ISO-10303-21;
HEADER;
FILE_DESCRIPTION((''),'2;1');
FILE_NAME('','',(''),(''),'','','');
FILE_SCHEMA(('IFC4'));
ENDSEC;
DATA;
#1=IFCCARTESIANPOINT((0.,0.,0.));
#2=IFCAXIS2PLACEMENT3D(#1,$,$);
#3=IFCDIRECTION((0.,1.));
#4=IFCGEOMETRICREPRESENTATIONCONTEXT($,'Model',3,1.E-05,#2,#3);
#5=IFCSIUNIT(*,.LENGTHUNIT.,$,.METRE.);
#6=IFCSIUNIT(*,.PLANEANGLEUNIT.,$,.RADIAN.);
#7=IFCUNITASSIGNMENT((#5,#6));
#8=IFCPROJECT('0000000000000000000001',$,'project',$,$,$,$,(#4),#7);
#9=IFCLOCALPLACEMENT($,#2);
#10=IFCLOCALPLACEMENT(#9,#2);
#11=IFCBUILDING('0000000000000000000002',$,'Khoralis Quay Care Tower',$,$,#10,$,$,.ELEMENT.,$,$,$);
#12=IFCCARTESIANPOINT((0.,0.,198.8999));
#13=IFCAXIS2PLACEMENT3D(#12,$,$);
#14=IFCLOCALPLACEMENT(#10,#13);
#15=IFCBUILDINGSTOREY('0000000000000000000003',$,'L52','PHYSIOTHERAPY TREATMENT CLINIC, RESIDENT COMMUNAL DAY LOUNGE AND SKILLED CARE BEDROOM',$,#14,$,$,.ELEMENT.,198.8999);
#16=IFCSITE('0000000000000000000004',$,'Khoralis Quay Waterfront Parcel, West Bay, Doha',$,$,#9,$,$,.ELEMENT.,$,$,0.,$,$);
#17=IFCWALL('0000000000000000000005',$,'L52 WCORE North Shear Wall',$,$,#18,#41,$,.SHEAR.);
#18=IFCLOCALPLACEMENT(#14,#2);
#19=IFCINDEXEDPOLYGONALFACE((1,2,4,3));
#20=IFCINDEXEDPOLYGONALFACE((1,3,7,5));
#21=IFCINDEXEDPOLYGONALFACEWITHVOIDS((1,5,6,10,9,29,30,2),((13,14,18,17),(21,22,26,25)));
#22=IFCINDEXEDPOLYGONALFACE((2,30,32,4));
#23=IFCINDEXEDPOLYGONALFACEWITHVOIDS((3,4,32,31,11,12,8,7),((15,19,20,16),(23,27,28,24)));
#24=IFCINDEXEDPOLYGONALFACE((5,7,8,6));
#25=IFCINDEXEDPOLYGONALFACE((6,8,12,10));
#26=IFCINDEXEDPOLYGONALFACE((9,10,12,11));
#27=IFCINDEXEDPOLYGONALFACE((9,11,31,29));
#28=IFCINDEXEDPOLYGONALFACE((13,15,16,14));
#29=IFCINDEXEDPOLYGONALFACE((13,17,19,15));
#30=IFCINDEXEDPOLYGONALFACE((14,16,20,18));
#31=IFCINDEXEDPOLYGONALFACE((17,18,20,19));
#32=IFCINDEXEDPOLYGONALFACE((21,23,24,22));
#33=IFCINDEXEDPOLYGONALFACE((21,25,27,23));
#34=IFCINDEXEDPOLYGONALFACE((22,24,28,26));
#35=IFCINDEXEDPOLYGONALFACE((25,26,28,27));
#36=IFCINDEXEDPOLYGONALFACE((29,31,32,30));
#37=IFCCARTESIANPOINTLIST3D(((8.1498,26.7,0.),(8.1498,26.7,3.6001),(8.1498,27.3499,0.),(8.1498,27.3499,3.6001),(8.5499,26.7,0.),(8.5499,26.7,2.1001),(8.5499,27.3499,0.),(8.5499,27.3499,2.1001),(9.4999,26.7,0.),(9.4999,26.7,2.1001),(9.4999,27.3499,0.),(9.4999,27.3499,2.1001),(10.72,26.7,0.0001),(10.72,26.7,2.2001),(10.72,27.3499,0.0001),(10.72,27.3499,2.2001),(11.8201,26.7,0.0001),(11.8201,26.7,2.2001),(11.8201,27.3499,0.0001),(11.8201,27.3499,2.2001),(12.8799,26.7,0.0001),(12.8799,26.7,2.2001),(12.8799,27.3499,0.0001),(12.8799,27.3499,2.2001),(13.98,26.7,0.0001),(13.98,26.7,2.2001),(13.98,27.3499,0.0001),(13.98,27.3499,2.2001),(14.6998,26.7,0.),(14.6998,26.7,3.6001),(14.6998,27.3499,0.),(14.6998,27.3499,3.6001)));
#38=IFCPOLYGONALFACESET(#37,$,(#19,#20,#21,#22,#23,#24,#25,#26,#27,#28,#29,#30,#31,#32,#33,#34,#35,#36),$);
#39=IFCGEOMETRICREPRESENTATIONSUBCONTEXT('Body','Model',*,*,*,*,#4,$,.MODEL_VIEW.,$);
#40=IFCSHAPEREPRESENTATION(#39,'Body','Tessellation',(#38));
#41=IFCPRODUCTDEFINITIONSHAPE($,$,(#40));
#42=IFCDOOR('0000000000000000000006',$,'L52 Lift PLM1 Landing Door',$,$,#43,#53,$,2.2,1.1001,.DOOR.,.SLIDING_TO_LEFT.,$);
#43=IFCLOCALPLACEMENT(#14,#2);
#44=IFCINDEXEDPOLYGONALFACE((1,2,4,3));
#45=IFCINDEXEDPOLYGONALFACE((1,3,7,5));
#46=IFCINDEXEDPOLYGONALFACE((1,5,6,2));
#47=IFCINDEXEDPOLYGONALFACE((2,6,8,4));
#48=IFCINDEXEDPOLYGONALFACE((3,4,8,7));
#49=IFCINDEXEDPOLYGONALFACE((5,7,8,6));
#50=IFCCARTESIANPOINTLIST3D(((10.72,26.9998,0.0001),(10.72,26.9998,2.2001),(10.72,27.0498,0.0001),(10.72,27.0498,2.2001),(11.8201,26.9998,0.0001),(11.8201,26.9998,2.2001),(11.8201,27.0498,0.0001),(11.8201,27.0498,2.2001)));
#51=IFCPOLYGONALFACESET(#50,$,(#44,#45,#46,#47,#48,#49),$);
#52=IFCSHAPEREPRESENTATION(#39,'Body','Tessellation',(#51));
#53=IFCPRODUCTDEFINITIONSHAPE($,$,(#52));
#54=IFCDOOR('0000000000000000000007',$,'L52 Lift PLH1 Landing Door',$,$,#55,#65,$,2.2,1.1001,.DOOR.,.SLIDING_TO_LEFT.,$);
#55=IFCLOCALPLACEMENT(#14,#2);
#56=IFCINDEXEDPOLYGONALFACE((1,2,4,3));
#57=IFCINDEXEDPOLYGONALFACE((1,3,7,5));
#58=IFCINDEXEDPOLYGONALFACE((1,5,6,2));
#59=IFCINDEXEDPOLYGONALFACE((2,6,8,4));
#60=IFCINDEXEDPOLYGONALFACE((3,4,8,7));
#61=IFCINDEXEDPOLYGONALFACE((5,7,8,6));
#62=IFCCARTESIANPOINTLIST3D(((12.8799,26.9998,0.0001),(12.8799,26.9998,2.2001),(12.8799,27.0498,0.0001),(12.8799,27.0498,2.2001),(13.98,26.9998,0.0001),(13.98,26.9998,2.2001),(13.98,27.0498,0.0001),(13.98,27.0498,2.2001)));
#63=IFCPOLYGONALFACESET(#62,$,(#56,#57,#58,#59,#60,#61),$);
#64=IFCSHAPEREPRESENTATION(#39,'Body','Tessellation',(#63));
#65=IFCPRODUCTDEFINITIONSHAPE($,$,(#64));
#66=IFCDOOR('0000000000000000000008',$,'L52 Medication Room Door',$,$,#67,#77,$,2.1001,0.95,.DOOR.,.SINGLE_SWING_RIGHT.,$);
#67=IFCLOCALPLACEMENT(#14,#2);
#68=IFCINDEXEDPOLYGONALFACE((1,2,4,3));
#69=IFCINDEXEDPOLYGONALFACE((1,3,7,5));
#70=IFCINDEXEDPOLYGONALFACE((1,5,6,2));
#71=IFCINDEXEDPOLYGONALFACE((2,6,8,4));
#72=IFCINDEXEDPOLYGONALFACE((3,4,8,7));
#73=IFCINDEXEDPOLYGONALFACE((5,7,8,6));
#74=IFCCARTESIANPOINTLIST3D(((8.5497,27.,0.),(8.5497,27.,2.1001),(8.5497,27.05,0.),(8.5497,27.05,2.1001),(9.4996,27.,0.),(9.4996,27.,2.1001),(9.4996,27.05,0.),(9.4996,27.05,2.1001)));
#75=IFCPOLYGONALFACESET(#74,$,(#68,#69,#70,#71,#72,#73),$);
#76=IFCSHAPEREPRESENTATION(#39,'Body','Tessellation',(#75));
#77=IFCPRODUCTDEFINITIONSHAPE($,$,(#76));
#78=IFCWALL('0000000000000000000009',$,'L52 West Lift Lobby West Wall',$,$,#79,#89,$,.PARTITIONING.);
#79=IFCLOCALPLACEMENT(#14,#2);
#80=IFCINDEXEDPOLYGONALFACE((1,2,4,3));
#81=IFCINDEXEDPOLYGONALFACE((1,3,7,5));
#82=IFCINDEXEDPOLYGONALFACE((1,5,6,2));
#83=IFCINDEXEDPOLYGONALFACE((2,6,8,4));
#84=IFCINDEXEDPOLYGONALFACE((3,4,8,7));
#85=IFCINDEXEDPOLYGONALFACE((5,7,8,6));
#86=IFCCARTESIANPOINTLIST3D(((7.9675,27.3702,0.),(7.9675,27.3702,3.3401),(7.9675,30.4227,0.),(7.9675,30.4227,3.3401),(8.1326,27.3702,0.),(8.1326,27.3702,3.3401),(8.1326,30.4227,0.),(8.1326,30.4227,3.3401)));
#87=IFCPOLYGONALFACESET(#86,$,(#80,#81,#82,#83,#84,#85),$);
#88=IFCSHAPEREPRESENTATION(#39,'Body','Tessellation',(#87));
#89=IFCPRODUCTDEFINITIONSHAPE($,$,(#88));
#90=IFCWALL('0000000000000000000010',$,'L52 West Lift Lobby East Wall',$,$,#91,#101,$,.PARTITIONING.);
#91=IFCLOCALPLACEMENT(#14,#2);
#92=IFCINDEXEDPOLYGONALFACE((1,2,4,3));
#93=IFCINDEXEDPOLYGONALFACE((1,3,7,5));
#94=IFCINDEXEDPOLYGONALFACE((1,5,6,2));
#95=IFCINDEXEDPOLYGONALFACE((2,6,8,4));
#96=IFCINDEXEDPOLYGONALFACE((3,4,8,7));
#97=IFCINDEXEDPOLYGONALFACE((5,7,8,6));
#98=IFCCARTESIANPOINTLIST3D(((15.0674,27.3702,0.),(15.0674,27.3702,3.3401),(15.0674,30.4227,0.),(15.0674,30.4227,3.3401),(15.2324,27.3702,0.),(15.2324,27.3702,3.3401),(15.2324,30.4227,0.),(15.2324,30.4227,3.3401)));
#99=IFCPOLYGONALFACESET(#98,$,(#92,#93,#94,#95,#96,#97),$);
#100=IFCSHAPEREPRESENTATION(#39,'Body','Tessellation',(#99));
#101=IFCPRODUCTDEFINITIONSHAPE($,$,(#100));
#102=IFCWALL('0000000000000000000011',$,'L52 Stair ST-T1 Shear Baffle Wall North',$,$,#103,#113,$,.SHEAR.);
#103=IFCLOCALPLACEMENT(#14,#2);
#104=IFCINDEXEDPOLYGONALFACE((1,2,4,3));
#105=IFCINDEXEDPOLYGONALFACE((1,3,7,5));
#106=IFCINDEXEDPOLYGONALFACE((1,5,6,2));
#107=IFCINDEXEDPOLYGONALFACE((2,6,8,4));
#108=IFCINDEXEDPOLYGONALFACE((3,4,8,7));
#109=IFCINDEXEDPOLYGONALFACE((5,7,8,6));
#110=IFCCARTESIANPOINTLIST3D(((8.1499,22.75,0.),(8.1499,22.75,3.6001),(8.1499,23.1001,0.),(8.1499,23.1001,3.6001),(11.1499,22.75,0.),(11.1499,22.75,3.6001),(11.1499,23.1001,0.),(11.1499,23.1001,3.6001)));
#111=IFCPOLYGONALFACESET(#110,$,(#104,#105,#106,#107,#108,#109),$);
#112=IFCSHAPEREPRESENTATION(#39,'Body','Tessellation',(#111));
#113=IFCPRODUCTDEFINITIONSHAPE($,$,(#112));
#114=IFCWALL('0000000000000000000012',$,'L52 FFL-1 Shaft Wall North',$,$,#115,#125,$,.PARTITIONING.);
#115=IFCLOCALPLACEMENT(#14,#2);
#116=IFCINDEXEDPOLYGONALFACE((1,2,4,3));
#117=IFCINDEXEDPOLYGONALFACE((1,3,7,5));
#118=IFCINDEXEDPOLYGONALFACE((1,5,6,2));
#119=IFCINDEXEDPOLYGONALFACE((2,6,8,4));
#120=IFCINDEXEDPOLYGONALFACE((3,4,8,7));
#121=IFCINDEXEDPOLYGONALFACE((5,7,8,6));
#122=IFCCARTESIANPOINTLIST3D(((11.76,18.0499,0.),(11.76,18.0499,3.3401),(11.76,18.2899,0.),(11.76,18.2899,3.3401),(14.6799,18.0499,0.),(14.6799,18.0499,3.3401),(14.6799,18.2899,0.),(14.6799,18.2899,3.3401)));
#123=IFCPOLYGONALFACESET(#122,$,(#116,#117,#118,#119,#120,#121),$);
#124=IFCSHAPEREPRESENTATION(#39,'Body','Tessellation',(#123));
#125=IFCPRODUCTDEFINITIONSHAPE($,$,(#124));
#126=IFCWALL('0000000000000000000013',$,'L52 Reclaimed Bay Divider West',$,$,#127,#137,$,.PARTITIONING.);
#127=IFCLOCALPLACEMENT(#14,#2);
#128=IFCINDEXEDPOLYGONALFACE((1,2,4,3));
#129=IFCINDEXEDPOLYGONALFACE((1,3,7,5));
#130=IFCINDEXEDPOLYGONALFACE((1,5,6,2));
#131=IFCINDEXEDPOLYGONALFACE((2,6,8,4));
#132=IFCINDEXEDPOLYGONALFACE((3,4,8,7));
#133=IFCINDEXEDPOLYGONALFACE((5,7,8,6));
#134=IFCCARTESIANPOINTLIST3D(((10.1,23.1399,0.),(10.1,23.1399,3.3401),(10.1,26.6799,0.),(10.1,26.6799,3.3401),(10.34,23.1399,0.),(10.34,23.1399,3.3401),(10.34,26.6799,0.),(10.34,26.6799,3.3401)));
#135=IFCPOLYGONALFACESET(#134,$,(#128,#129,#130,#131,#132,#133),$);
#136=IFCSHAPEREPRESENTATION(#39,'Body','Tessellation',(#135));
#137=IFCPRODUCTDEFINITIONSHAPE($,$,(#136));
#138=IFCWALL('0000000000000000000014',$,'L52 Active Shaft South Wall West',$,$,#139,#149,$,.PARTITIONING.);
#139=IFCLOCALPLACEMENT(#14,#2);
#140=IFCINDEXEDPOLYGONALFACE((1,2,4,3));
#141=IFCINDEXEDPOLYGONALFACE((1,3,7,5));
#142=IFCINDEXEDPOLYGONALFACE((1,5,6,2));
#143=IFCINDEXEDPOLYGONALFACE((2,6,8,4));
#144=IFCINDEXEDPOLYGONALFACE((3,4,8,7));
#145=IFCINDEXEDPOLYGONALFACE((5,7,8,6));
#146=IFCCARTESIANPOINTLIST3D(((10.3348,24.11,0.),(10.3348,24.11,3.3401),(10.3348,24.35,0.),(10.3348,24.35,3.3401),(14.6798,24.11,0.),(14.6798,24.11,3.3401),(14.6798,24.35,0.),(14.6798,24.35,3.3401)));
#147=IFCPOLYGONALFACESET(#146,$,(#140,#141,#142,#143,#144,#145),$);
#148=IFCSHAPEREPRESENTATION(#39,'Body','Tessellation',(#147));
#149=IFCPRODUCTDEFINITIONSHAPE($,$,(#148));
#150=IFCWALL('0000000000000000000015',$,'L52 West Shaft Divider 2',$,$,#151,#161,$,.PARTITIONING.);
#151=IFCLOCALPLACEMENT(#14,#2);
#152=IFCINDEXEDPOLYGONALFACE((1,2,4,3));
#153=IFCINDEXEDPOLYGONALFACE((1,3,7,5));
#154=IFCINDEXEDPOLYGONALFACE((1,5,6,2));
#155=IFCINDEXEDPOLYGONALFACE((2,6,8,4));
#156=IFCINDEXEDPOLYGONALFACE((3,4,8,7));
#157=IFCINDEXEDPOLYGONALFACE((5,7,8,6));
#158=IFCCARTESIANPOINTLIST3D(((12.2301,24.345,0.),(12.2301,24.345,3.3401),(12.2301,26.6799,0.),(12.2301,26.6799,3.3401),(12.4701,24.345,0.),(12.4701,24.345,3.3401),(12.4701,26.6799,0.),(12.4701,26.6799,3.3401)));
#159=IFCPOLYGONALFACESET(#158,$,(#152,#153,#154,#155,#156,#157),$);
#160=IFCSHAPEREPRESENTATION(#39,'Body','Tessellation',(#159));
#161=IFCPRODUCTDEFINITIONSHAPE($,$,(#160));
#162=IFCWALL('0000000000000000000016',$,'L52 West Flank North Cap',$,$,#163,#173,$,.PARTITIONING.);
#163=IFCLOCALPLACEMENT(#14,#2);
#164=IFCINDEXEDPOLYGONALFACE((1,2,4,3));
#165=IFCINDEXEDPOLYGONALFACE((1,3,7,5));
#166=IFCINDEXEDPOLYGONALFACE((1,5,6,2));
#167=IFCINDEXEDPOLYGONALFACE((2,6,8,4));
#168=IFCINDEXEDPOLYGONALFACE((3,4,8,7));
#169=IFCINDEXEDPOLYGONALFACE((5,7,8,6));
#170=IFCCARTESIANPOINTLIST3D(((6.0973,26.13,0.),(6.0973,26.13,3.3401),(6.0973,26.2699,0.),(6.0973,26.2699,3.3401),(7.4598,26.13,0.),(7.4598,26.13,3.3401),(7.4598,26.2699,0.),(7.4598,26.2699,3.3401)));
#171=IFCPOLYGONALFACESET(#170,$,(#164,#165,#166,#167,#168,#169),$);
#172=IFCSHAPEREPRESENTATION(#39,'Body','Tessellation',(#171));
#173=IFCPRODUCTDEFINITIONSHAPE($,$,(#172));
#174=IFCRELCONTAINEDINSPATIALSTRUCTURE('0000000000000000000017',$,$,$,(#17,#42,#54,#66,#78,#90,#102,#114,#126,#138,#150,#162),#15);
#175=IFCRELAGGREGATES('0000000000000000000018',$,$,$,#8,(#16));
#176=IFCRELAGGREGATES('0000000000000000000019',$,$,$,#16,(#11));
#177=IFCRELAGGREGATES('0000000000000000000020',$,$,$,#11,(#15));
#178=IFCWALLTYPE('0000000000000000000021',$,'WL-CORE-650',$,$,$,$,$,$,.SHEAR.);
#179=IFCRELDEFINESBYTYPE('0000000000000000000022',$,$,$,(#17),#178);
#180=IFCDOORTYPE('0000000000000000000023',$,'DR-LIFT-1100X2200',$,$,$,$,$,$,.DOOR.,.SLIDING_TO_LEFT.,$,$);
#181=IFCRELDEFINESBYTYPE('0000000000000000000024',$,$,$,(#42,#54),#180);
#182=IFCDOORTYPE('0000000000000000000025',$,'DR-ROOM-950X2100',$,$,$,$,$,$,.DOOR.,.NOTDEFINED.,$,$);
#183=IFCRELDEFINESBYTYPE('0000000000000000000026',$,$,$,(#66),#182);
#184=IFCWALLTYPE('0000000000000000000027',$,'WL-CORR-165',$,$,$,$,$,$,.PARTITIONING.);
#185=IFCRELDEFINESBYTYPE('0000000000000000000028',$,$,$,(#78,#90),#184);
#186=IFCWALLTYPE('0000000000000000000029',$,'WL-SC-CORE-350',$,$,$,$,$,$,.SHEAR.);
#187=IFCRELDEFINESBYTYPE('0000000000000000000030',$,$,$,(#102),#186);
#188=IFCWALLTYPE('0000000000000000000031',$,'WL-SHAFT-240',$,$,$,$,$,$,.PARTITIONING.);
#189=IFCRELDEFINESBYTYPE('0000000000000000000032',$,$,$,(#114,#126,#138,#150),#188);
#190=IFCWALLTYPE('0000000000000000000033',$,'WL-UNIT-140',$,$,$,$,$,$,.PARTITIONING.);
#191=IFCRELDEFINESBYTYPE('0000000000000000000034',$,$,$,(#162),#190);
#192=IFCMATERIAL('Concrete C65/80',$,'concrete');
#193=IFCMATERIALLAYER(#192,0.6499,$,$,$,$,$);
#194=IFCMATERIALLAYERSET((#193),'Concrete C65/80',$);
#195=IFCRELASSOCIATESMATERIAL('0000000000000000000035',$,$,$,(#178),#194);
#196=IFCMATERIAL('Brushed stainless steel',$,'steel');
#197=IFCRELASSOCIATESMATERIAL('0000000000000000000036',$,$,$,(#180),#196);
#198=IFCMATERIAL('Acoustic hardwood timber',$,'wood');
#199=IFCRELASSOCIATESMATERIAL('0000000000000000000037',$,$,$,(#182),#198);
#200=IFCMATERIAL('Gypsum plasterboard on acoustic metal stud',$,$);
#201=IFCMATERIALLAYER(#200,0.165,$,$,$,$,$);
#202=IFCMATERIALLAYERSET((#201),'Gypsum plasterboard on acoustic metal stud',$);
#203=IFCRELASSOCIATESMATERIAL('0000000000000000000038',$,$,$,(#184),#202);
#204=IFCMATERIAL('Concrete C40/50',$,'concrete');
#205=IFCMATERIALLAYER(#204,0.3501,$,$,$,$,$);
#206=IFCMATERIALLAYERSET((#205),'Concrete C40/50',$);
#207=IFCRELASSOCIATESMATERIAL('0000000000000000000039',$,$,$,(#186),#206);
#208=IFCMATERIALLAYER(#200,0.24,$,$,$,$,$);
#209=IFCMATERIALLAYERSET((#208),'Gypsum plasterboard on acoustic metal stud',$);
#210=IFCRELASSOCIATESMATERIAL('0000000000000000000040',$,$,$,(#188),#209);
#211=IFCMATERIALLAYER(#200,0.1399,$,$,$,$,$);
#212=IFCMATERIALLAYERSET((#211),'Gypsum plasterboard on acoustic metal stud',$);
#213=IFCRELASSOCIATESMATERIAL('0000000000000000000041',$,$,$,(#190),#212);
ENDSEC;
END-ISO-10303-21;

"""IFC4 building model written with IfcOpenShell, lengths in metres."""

from ifc_helpers import new_model, si_unit, direction, frame, frame_2d, origin, place, context, subcontext, project, spatial, rectangle, extrude, source, transform, mapped, material, layer, layer_set, type_object, element, fill, save


model = new_model("IFC4")

# Units and contexts
model_context = context("Model", 3, precision=1e-05, world=origin(), true_north=direction((0.0, 1.0)))
body_context = subcontext(model_context, "Body", "Model", "MODEL_VIEW")
ifc_project = project(units=[si_unit("LENGTHUNIT", "METRE"), si_unit("PLANEANGLEUNIT", "RADIAN")], contexts=[model_context])

# Site, building, storey
site_placement = place(None, origin())
site = spatial("IfcSite", under=ifc_project, at=site_placement, Name="Khoralis Quay Waterfront Parcel, West Bay, Doha", CompositionType="ELEMENT", RefElevation=0.0)
building_placement = place(site_placement, origin())
building = spatial("IfcBuilding", under=site, at=building_placement, Name="Khoralis Quay Care Tower", CompositionType="ELEMENT")
storey_placement = place(building_placement, frame((0.0, 0.0, 198.8999)))
storey = spatial("IfcBuildingStorey", under=building, at=storey_placement, Name="L52", Description="PHYSIOTHERAPY TREATMENT CLINIC, RESIDENT COMMUNAL DAY LOUNGE AND SKILLED CARE BEDROOM", CompositionType="ELEMENT", Elevation=198.8999)

# Wall, openings, doors
ifc_material_1 = material(Name="Concrete C65/80", Category="concrete")
ifc_layer_1 = layer(ifc_material_1, 0.6499)
ifc_layer_set_1 = layer_set([ifc_layer_1], Name="Concrete C65/80")
wall_type_1 = type_object("IfcWallType", Name="WL-CORE-650", PredefinedType="SHEAR", material=ifc_layer_set_1)
wall_1_placement = place(storey_placement, frame((8.1499, 27.0249, 0.0), z_axis=(0.0, 0.0, 1.0), x_axis=(1.0, 0.0, 0.0)))
wall_1 = element("IfcWall", 1, at=wall_1_placement, inside=storey, type_object=wall_type_1, Name="L52 WCORE North Shear Wall", PredefinedType="SHEAR", context=body_context, shape_type="SweptSolid", body=[
    extrude(rectangle(XDim=6.55, YDim=0.6499, at=frame_2d((3.2749, 0.0))), origin(), (0.0, 0.0, 1.0), 3.6001),
])
opening_1_placement = place(wall_1_placement, frame((0.3999, 0.0, 0.0)))
opening_1 = element("IfcOpeningElement", 2, at=opening_1_placement, cuts=wall_1, PredefinedType="OPENING", context=body_context, shape_type="SweptSolid", body=[
    extrude(rectangle(XDim=0.95, YDim=2.1001, at=frame_2d((0.4751, 1.05))), frame((0.0, 0.335, 0.0), z_axis=(0.0, -1.0, 0.0), x_axis=(1.0, 0.0, 0.0)), (0.0, 0.0, 1.0), 0.6699),
])
opening_2_placement = place(wall_1_placement, frame((2.5701, 0.0, 0.0)))
opening_2 = element("IfcOpeningElement", 3, at=opening_2_placement, cuts=wall_1, PredefinedType="OPENING", context=body_context, shape_type="SweptSolid", body=[
    extrude(rectangle(XDim=1.1001, YDim=2.2, at=frame_2d((0.55, 1.1001))), frame((0.0, 0.335, 0.0), z_axis=(0.0, -1.0, 0.0), x_axis=(1.0, 0.0, 0.0)), (0.0, 0.0, 1.0), 0.6699),
])
opening_3_placement = place(wall_1_placement, frame((4.73, 0.0, 0.0)))
opening_3 = element("IfcOpeningElement", 4, at=opening_3_placement, cuts=wall_1, PredefinedType="OPENING", context=body_context, shape_type="SweptSolid", body=[
    extrude(rectangle(XDim=1.1001, YDim=2.2, at=frame_2d((0.55, 1.1001))), frame((0.0, 0.335, 0.0), z_axis=(0.0, -1.0, 0.0), x_axis=(1.0, 0.0, 0.0)), (0.0, 0.0, 1.0), 0.6699),
])
ifc_material_2 = material(Name="Brushed stainless steel", Category="steel")
door_type_1 = type_object("IfcDoorType", Name="DR-LIFT-1100X2200", OperationType="SLIDING_TO_LEFT", PredefinedType="DOOR", material=ifc_material_2)
shared_shape_1 = source(origin(), body_context, "Body", "SweptSolid", [
    extrude(rectangle(XDim=1.1001, YDim=2.2, at=frame_2d((0.55, 1.1001))), frame((0.0, 0.0249, 0.0), z_axis=(0.0, -1.0, 0.0), x_axis=(1.0, 0.0, 0.0)), (0.0, 0.0, 1.0), 0.05),
])
door_1_placement = place(opening_2_placement, origin())
door_1 = element("IfcDoor", 5, at=door_1_placement, inside=storey, type_object=door_type_1, Name="L52 Lift PLM1 Landing Door", OperationType="SLIDING_TO_LEFT", OverallHeight=2.2, OverallWidth=1.1001, PredefinedType="DOOR", context=body_context, shape_type="MappedRepresentation", body=[
    mapped(shared_shape_1, transform((0.0, 0.0, 0.0), scale=1.0)),
])
fill(opening_2, door_1)
door_2_placement = place(opening_3_placement, origin())
door_2 = element("IfcDoor", 6, at=door_2_placement, inside=storey, type_object=door_type_1, Name="L52 Lift PLH1 Landing Door", OperationType="SLIDING_TO_LEFT", OverallHeight=2.2, OverallWidth=1.1001, PredefinedType="DOOR", context=body_context, shape_type="MappedRepresentation", body=[
    mapped(shared_shape_1, transform((0.0, 0.0, 0.0), scale=1.0)),
])
fill(opening_3, door_2)
ifc_material_3 = material(Name="Acoustic hardwood timber", Category="wood")
door_type_2 = type_object("IfcDoorType", Name="DR-ROOM-950X2100", OperationType="NOTDEFINED", PredefinedType="DOOR", material=ifc_material_3)
shared_shape_2 = source(origin(), body_context, "Body", "SweptSolid", [
    extrude(rectangle(XDim=0.95, YDim=2.1001, at=frame_2d((0.4751, 1.05))), frame((0.0, 0.0249, 0.0), z_axis=(0.0, -1.0, 0.0), x_axis=(1.0, 0.0, 0.0)), (0.0, 0.0, 1.0), 0.05),
])
door_3_placement = place(opening_1_placement, frame((0.95, 0.0, 0.0), z_axis=(0.0, 0.0, 1.0), x_axis=(-1.0, 0.0, 0.0)))
door_3 = element("IfcDoor", 7, at=door_3_placement, inside=storey, type_object=door_type_2, Name="L52 Medication Room Door", OperationType="SINGLE_SWING_RIGHT", OverallHeight=2.1001, OverallWidth=0.95, PredefinedType="DOOR", context=body_context, shape_type="MappedRepresentation", body=[
    mapped(shared_shape_2, transform((0.0, 0.0, 0.0), scale=1.0)),
])
fill(opening_1, door_3)

# Walls
ifc_material_4 = material(Name="Gypsum plasterboard on acoustic metal stud")
ifc_layer_2 = layer(ifc_material_4, 0.165)
ifc_layer_set_2 = layer_set([ifc_layer_2], Name="Gypsum plasterboard on acoustic metal stud")
wall_type_2 = type_object("IfcWallType", Name="WL-CORR-165", PredefinedType="PARTITIONING", material=ifc_layer_set_2)
for number, where, z_axis, x_axis, name in (
    (8, (8.05, 27.3701, 0.0), (0.0, 0.0, 1.0), (0.0, 1.0, 0.0), "L52 West Lift Lobby West Wall"),
    (9, (15.1499, 27.3701, 0.0), (0.0, 0.0, 1.0), (0.0, 1.0, 0.0), "L52 West Lift Lobby East Wall"),
):
    element("IfcWall", number, at=place(storey_placement, frame(where, z_axis=z_axis, x_axis=x_axis)), inside=storey, type_object=wall_type_2, Name=name, PredefinedType="PARTITIONING", context=body_context, shape_type="SweptSolid", body=[
        extrude(rectangle(XDim=3.0525, YDim=0.165, at=frame_2d((1.5264, 0.0))), origin(), (0.0, 0.0, 1.0), 3.3401),
    ])
ifc_material_5 = material(Name="Concrete C40/50", Category="concrete")
ifc_layer_3 = layer(ifc_material_5, 0.3501)
ifc_layer_set_3 = layer_set([ifc_layer_3], Name="Concrete C40/50")
wall_type_3 = type_object("IfcWallType", Name="WL-SC-CORE-350", PredefinedType="SHEAR", material=ifc_layer_set_3)
wall_2_placement = place(storey_placement, frame((8.1499, 22.925, 0.0), z_axis=(0.0, 0.0, 1.0), x_axis=(1.0, 0.0, 0.0)))
element("IfcWall", 10, at=wall_2_placement, inside=storey, type_object=wall_type_3, Name="L52 Stair ST-T1 Shear Baffle Wall North", PredefinedType="SHEAR", context=body_context, shape_type="SweptSolid", body=[
    extrude(rectangle(XDim=3.0, YDim=0.3501, at=frame_2d((1.5, 0.0))), origin(), (0.0, 0.0, 1.0), 3.6001),
])
ifc_layer_4 = layer(ifc_material_4, 0.24)
ifc_layer_set_4 = layer_set([ifc_layer_4], Name="Gypsum plasterboard on acoustic metal stud")
wall_type_4 = type_object("IfcWallType", Name="WL-SHAFT-240", PredefinedType="PARTITIONING", material=ifc_layer_set_4)
wall_3_placement = place(storey_placement, frame((11.76, 18.1699, 0.0), z_axis=(0.0, 0.0, 1.0), x_axis=(1.0, 0.0, 0.0)))
element("IfcWall", 11, at=wall_3_placement, inside=storey, type_object=wall_type_4, Name="L52 FFL-1 Shaft Wall North", PredefinedType="PARTITIONING", context=body_context, shape_type="SweptSolid", body=[
    extrude(rectangle(XDim=2.9199, YDim=0.24, at=frame_2d((1.46, 0.0))), origin(), (0.0, 0.0, 1.0), 3.3401),
])
wall_4_placement = place(storey_placement, frame((10.22, 23.1399, 0.0), z_axis=(0.0, 0.0, 1.0), x_axis=(0.0, 1.0, 0.0)))
element("IfcWall", 12, at=wall_4_placement, inside=storey, type_object=wall_type_4, Name="L52 Reclaimed Bay Divider West", PredefinedType="PARTITIONING", context=body_context, shape_type="SweptSolid", body=[
    extrude(rectangle(XDim=3.54, YDim=0.24, at=frame_2d((1.77, 0.0))), origin(), (0.0, 0.0, 1.0), 3.3401),
])
wall_5_placement = place(storey_placement, frame((10.335, 24.23, 0.0), z_axis=(0.0, 0.0, 1.0), x_axis=(1.0, 0.0, 0.0)))
element("IfcWall", 13, at=wall_5_placement, inside=storey, type_object=wall_type_4, Name="L52 Active Shaft South Wall West", PredefinedType="PARTITIONING", context=body_context, shape_type="SweptSolid", body=[
    extrude(rectangle(XDim=4.345, YDim=0.24, at=frame_2d((2.1724, 0.0))), origin(), (0.0, 0.0, 1.0), 3.3401),
])
wall_6_placement = place(storey_placement, frame((12.3501, 24.345, 0.0), z_axis=(0.0, 0.0, 1.0), x_axis=(0.0, 1.0, 0.0)))
element("IfcWall", 14, at=wall_6_placement, inside=storey, type_object=wall_type_4, Name="L52 West Shaft Divider 2", PredefinedType="PARTITIONING", context=body_context, shape_type="SweptSolid", body=[
    extrude(rectangle(XDim=2.335, YDim=0.24, at=frame_2d((1.1675, 0.0))), origin(), (0.0, 0.0, 1.0), 3.3401),
])
ifc_layer_5 = layer(ifc_material_4, 0.1399)
ifc_layer_set_5 = layer_set([ifc_layer_5], Name="Gypsum plasterboard on acoustic metal stud")
wall_type_5 = type_object("IfcWallType", Name="WL-UNIT-140", PredefinedType="PARTITIONING", material=ifc_layer_set_5)
wall_7_placement = place(storey_placement, frame((6.0974, 26.2, 0.0), z_axis=(0.0, 0.0, 1.0), x_axis=(1.0, 0.0, 0.0)))
element("IfcWall", 15, at=wall_7_placement, inside=storey, type_object=wall_type_5, Name="L52 West Flank North Cap", PredefinedType="PARTITIONING", context=body_context, shape_type="SweptSolid", body=[
    extrude(rectangle(XDim=1.3625, YDim=0.1399, at=frame_2d((0.6812, 0.0))), origin(), (0.0, 0.0, 1.0), 3.3401),
])

save(model, "model.ifc")
